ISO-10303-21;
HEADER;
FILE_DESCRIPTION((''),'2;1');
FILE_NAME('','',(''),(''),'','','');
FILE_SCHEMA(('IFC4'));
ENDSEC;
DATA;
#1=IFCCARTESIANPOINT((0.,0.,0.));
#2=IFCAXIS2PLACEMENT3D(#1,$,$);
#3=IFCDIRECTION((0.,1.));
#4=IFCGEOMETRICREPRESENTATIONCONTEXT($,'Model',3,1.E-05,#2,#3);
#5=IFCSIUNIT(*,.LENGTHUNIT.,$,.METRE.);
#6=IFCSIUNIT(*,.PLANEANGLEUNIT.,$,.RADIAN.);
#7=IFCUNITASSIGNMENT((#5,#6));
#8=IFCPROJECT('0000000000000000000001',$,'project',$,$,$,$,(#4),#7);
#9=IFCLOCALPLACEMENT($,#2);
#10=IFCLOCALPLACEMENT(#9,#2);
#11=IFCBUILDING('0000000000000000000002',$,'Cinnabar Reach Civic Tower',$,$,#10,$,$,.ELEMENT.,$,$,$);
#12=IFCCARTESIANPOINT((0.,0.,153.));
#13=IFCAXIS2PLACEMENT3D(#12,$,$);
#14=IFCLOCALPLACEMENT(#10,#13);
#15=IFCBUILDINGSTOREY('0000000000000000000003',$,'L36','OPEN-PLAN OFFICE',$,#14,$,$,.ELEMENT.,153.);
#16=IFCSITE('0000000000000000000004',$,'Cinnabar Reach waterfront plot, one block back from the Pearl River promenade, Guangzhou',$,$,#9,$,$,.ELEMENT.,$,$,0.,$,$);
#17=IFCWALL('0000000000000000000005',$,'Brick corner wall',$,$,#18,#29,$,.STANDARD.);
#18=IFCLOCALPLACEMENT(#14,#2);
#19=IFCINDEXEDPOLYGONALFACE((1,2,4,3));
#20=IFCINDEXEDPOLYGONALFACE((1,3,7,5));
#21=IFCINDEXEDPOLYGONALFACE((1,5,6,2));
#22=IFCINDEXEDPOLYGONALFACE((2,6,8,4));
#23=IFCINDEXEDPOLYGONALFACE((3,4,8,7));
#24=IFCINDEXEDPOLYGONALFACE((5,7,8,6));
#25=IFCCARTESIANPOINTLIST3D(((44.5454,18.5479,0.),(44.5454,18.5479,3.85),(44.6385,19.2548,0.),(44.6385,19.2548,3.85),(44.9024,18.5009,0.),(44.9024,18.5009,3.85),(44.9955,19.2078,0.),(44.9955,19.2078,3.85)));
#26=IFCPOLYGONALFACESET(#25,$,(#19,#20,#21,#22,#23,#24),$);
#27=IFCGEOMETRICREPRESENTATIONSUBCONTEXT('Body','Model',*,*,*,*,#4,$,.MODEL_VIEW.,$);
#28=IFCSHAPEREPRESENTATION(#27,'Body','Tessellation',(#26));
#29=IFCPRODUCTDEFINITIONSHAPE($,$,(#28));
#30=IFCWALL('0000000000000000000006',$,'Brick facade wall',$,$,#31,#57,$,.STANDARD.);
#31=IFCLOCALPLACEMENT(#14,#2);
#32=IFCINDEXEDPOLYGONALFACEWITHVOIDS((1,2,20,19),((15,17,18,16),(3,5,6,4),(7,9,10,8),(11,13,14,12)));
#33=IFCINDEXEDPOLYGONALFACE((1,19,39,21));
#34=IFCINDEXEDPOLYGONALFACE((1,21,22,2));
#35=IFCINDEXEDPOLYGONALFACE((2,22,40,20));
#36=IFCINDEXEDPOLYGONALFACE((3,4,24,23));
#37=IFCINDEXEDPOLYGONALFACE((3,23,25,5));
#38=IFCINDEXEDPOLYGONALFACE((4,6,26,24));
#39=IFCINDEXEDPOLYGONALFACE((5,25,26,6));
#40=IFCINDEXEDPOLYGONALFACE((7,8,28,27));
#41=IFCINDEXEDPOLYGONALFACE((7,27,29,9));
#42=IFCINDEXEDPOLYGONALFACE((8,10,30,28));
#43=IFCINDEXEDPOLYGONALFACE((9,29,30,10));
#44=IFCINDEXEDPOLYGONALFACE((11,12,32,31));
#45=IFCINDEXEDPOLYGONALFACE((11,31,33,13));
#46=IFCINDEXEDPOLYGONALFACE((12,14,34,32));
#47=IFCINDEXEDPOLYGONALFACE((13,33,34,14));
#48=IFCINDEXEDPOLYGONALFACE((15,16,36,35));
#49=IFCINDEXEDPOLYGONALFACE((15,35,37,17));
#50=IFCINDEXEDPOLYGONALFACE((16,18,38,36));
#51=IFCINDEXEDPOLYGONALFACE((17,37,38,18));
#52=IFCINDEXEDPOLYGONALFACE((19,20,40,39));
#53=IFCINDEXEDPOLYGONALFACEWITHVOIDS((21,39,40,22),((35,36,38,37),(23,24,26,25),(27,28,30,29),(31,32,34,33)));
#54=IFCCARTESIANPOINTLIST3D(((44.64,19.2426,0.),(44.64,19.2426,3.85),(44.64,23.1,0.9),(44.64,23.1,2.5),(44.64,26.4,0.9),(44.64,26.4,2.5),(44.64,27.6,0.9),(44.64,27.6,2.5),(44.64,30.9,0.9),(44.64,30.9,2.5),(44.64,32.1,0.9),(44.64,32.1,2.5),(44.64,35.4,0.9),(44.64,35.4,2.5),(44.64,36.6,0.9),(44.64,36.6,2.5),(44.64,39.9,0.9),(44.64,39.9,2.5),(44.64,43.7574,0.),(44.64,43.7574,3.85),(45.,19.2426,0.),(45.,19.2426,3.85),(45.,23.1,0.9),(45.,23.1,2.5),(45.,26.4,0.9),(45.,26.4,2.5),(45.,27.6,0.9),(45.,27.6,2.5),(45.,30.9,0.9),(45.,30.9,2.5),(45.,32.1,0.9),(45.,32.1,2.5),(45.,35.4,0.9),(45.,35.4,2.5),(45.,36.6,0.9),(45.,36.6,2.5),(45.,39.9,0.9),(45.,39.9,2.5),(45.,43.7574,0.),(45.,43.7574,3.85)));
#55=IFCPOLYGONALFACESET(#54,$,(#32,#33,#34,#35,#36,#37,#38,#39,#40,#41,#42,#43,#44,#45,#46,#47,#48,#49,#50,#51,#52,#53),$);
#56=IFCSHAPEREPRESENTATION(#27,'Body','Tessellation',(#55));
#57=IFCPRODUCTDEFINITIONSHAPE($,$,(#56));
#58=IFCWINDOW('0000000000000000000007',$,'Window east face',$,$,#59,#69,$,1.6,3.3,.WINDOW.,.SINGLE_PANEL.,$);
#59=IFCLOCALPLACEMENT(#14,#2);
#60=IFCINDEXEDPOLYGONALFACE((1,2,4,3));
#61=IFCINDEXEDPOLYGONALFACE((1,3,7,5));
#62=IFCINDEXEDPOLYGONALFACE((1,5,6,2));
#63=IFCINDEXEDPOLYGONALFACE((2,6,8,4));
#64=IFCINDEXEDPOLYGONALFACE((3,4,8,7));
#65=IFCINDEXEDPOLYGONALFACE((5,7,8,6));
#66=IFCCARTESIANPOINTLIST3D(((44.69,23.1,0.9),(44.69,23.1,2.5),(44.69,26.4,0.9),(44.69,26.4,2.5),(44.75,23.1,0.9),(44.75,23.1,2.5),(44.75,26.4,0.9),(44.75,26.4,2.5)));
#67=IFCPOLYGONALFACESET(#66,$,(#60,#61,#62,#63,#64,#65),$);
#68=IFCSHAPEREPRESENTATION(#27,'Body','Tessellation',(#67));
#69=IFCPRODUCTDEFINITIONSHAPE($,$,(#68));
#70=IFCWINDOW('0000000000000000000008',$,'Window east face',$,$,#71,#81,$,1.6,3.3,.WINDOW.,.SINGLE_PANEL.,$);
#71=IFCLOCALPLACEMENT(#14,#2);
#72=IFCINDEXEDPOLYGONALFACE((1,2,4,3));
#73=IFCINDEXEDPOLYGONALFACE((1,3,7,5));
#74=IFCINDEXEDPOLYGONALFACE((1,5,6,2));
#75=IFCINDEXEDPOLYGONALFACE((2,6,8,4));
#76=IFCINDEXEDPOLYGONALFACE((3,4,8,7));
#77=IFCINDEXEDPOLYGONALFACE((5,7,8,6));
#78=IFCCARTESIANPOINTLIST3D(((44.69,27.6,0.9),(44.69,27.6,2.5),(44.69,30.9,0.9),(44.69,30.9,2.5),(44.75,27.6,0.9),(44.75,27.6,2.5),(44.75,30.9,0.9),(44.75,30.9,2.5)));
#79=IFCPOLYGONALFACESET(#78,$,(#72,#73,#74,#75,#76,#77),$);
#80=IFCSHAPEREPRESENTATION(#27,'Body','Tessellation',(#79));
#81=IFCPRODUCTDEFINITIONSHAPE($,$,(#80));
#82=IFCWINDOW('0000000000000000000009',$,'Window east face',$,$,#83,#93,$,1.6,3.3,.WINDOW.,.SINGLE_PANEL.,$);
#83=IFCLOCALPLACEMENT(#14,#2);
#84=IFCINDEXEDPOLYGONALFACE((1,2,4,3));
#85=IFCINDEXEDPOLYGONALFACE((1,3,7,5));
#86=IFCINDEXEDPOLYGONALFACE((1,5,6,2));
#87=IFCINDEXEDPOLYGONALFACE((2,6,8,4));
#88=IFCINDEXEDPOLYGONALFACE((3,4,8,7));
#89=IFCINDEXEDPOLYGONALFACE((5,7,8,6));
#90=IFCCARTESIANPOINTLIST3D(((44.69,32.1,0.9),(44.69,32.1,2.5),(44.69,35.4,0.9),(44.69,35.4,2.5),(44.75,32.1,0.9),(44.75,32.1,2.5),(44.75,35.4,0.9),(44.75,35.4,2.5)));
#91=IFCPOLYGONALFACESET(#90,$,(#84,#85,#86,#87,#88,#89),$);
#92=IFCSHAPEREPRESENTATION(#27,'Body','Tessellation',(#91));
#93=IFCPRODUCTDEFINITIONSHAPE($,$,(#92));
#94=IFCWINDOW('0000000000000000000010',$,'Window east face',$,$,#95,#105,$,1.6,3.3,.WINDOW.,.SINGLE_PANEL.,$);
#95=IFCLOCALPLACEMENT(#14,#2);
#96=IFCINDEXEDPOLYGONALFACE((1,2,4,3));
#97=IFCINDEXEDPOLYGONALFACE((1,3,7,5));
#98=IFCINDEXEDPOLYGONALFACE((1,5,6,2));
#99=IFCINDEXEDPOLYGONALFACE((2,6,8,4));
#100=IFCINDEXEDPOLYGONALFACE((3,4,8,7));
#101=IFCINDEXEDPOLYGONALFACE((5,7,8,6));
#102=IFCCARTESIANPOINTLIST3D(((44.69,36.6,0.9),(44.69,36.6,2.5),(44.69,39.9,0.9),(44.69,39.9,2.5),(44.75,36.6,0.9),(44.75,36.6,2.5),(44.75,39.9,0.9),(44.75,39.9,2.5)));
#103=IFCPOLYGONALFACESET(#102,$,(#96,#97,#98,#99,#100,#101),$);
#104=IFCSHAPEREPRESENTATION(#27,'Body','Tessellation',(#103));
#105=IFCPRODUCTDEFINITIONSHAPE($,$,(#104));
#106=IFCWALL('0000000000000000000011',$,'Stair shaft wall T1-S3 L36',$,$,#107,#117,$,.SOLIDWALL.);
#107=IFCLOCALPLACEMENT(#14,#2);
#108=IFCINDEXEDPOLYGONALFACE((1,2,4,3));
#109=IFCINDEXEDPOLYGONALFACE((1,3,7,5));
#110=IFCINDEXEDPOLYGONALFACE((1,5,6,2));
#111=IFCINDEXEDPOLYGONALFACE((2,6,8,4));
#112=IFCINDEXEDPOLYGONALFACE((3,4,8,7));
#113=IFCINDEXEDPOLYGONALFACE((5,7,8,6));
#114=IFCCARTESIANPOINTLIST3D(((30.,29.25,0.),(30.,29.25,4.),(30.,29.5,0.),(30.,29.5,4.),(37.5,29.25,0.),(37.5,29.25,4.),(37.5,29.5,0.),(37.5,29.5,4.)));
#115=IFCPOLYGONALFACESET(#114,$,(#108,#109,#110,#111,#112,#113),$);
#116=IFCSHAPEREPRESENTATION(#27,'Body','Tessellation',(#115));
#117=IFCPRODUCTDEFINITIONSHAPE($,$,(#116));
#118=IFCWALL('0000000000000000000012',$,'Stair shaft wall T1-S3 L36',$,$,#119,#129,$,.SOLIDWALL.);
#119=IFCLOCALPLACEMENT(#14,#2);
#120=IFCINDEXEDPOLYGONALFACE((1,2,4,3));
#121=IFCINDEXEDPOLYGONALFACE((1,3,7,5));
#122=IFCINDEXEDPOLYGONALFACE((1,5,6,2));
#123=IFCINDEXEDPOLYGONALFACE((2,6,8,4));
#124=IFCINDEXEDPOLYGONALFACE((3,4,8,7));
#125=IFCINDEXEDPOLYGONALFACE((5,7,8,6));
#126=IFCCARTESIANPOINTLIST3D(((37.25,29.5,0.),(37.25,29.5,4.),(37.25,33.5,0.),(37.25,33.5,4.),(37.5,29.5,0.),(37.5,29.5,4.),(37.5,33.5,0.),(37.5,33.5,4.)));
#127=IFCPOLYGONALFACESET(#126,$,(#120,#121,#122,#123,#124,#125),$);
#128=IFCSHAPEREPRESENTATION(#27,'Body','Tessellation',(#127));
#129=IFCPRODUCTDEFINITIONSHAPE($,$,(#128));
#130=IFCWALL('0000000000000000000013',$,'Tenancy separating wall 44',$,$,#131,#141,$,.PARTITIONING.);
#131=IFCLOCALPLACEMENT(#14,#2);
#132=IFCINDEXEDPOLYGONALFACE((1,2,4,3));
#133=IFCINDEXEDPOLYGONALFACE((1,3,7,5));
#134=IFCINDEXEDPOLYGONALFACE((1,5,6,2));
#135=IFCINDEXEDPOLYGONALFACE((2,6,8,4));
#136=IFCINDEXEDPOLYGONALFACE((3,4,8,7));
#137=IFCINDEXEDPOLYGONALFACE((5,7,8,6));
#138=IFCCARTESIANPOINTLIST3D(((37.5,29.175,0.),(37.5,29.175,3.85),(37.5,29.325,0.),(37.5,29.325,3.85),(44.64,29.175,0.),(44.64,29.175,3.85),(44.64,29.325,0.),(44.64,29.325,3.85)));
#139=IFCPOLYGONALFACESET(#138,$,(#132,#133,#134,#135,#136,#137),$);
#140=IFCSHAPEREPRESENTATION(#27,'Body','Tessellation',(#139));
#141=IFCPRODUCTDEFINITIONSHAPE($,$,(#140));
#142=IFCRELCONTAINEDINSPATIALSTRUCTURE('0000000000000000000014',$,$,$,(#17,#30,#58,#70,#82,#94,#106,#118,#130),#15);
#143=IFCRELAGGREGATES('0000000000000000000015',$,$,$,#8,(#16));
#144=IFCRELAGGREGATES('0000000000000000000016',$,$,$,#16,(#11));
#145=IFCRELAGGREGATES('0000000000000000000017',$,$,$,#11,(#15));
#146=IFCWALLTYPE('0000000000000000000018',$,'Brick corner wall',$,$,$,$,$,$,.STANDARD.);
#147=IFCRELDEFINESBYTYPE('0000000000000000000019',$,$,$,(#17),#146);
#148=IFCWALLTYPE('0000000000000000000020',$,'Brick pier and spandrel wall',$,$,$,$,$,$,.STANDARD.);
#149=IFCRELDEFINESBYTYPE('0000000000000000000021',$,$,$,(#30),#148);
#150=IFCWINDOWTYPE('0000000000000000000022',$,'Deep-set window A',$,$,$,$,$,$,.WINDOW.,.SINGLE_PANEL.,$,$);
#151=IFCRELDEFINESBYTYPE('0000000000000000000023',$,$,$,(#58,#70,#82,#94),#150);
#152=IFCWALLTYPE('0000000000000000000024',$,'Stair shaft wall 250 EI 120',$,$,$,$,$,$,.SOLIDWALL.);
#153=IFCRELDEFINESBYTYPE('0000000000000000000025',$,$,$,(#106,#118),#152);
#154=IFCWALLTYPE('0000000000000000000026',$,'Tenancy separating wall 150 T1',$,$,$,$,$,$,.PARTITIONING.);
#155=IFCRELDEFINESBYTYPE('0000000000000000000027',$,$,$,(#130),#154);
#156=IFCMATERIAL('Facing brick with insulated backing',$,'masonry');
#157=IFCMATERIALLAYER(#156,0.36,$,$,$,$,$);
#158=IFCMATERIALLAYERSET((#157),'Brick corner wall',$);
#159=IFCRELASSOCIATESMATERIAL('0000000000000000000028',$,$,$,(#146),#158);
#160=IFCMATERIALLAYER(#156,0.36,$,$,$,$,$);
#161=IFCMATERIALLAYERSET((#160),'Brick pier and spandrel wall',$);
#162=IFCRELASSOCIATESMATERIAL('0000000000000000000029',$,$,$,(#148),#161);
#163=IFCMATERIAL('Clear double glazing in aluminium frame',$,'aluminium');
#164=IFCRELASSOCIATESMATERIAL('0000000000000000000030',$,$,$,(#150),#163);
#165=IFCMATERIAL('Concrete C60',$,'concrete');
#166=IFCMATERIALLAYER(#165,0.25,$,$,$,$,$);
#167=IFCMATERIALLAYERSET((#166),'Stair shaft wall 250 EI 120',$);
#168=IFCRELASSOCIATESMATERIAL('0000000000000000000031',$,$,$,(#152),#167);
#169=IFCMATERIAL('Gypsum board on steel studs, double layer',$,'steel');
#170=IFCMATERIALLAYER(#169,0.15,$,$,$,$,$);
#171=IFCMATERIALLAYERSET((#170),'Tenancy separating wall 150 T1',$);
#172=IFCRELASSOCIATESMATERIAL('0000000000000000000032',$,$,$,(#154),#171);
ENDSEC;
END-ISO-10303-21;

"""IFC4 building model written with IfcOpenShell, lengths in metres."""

from ifc_helpers import new_model, si_unit, direction, frame, frame_2d, origin, place, context, subcontext, project, spatial, rectangle, extrude, material, layer, layer_set, type_object, element, fill, save


model = new_model("IFC4")

# Units and contexts
model_context = context("Model", 3, precision=1e-05, world=origin(), true_north=direction((0.0, 1.0)))
body_context = subcontext(model_context, "Body", "Model", "MODEL_VIEW")
ifc_project = project(units=[si_unit("LENGTHUNIT", "METRE"), si_unit("PLANEANGLEUNIT", "RADIAN")], contexts=[model_context])

# Site, building, storey
site_placement = place(None, origin())
site = spatial("IfcSite", under=ifc_project, at=site_placement, Name="Cinnabar Reach waterfront plot, one block back from the Pearl River promenade, Guangzhou", CompositionType="ELEMENT", RefElevation=0.0)
building_placement = place(site_placement, origin())
building = spatial("IfcBuilding", under=site, at=building_placement, Name="Cinnabar Reach Civic Tower", CompositionType="ELEMENT")
storey_placement = place(building_placement, frame((0.0, 0.0, 153.0)))
storey = spatial("IfcBuildingStorey", under=building, at=storey_placement, Name="L36", Description="OPEN-PLAN OFFICE", CompositionType="ELEMENT", Elevation=153.0)

# Wall
ifc_material_1 = material(Name="Facing brick with insulated backing", Category="masonry")
ifc_layer_1 = layer(ifc_material_1, 0.36)
ifc_layer_set_1 = layer_set([ifc_layer_1], Name="Brick corner wall")
wall_type_1 = type_object("IfcWallType", Name="Brick corner wall", PredefinedType="STANDARD", material=ifc_layer_set_1)
wall_1_placement = place(storey_placement, frame((44.7239, 18.5244, 0.0), z_axis=(0.0, 0.0, 1.0), x_axis=(0.130556, 0.991441, 0.0)))
element("IfcWall", 1, at=wall_1_placement, inside=storey, type_object=wall_type_1, Name="Brick corner wall", PredefinedType="STANDARD", context=body_context, shape_type="SweptSolid", body=[
    extrude(rectangle(XDim=0.7131, YDim=0.36, at=frame_2d((0.3565, 0.0))), origin(), (0.0, 0.0, 1.0), 3.85),
])

# Wall, openings, windows
ifc_layer_2 = layer(ifc_material_1, 0.36)
ifc_layer_set_2 = layer_set([ifc_layer_2], Name="Brick pier and spandrel wall")
wall_type_2 = type_object("IfcWallType", Name="Brick pier and spandrel wall", PredefinedType="STANDARD", material=ifc_layer_set_2)
wall_2_placement = place(storey_placement, frame((44.82, 19.2426, 0.0), z_axis=(0.0, 0.0, 1.0), x_axis=(0.0, 1.0, 0.0)))
wall_2 = element("IfcWall", 2, at=wall_2_placement, inside=storey, type_object=wall_type_2, Name="Brick facade wall", PredefinedType="STANDARD", context=body_context, shape_type="SweptSolid", body=[
    extrude(rectangle(XDim=24.5148, YDim=0.36, at=frame_2d((12.2574, 0.0))), origin(), (0.0, 0.0, 1.0), 3.85),
])
opening_1_placement = place(wall_2_placement, frame((3.8574, 0.0, 0.9)))
opening_1 = element("IfcOpeningElement", 3, at=opening_1_placement, cuts=wall_2, PredefinedType="OPENING", context=body_context, shape_type="SweptSolid", body=[
    extrude(rectangle(XDim=3.3, YDim=1.6, at=frame_2d((1.65, 0.8))), frame((0.0, 0.19, 0.0), z_axis=(0.0, -1.0, 0.0), x_axis=(1.0, 0.0, 0.0)), (0.0, 0.0, 1.0), 0.38),
])
opening_2_placement = place(wall_2_placement, frame((8.3574, 0.0, 0.9)))
opening_2 = element("IfcOpeningElement", 4, at=opening_2_placement, cuts=wall_2, PredefinedType="OPENING", context=body_context, shape_type="SweptSolid", body=[
    extrude(rectangle(XDim=3.3, YDim=1.6, at=frame_2d((1.65, 0.8))), frame((0.0, 0.19, 0.0), z_axis=(0.0, -1.0, 0.0), x_axis=(1.0, 0.0, 0.0)), (0.0, 0.0, 1.0), 0.38),
])
opening_3_placement = place(wall_2_placement, frame((12.8574, 0.0, 0.9)))
opening_3 = element("IfcOpeningElement", 5, at=opening_3_placement, cuts=wall_2, PredefinedType="OPENING", context=body_context, shape_type="SweptSolid", body=[
    extrude(rectangle(XDim=3.3, YDim=1.6, at=frame_2d((1.65, 0.8))), frame((0.0, 0.19, 0.0), z_axis=(0.0, -1.0, 0.0), x_axis=(1.0, 0.0, 0.0)), (0.0, 0.0, 1.0), 0.38),
])
opening_4_placement = place(wall_2_placement, frame((17.3574, 0.0, 0.9)))
opening_4 = element("IfcOpeningElement", 6, at=opening_4_placement, cuts=wall_2, PredefinedType="OPENING", context=body_context, shape_type="SweptSolid", body=[
    extrude(rectangle(XDim=3.3, YDim=1.6, at=frame_2d((1.65, 0.8))), frame((0.0, 0.19, 0.0), z_axis=(0.0, -1.0, 0.0), x_axis=(1.0, 0.0, 0.0)), (0.0, 0.0, 1.0), 0.38),
])
ifc_material_2 = material(Name="Clear double glazing in aluminium frame", Category="aluminium")
window_type = type_object("IfcWindowType", Name="Deep-set window A", PartitioningType="SINGLE_PANEL", PredefinedType="WINDOW", material=ifc_material_2)
window_1_placement = place(opening_1_placement, origin())
window_1 = element("IfcWindow", 7, at=window_1_placement, inside=storey, type_object=window_type, Name="Window east face", OverallHeight=1.6, OverallWidth=3.3, PartitioningType="SINGLE_PANEL", PredefinedType="WINDOW", context=body_context, shape_type="SweptSolid", body=[
    extrude(rectangle(XDim=3.3, YDim=1.6, at=frame_2d((1.65, 0.8))), frame((0.0, 0.13, 0.0), z_axis=(0.0, -1.0, 0.0), x_axis=(1.0, 0.0, 0.0)), (0.0, 0.0, 1.0), 0.06),
])
fill(opening_1, window_1)
window_2_placement = place(opening_2_placement, origin())
window_2 = element("IfcWindow", 8, at=window_2_placement, inside=storey, type_object=window_type, Name="Window east face", OverallHeight=1.6, OverallWidth=3.3, PartitioningType="SINGLE_PANEL", PredefinedType="WINDOW", context=body_context, shape_type="SweptSolid", body=[
    extrude(rectangle(XDim=3.3, YDim=1.6, at=frame_2d((1.65, 0.8))), frame((0.0, 0.13, 0.0), z_axis=(0.0, -1.0, 0.0), x_axis=(1.0, 0.0, 0.0)), (0.0, 0.0, 1.0), 0.06),
])
fill(opening_2, window_2)
window_3_placement = place(opening_3_placement, origin())
window_3 = element("IfcWindow", 9, at=window_3_placement, inside=storey, type_object=window_type, Name="Window east face", OverallHeight=1.6, OverallWidth=3.3, PartitioningType="SINGLE_PANEL", PredefinedType="WINDOW", context=body_context, shape_type="SweptSolid", body=[
    extrude(rectangle(XDim=3.3, YDim=1.6, at=frame_2d((1.65, 0.8))), frame((0.0, 0.13, 0.0), z_axis=(0.0, -1.0, 0.0), x_axis=(1.0, 0.0, 0.0)), (0.0, 0.0, 1.0), 0.06),
])
fill(opening_3, window_3)
window_4_placement = place(opening_4_placement, origin())
window_4 = element("IfcWindow", 10, at=window_4_placement, inside=storey, type_object=window_type, Name="Window east face", OverallHeight=1.6, OverallWidth=3.3, PartitioningType="SINGLE_PANEL", PredefinedType="WINDOW", context=body_context, shape_type="SweptSolid", body=[
    extrude(rectangle(XDim=3.3, YDim=1.6, at=frame_2d((1.65, 0.8))), frame((0.0, 0.13, 0.0), z_axis=(0.0, -1.0, 0.0), x_axis=(1.0, 0.0, 0.0)), (0.0, 0.0, 1.0), 0.06),
])
fill(opening_4, window_4)

# Walls
ifc_material_3 = material(Name="Concrete C60", Category="concrete")
ifc_layer_3 = layer(ifc_material_3, 0.25)
ifc_layer_set_3 = layer_set([ifc_layer_3], Name="Stair shaft wall 250 EI 120")
wall_type_3 = type_object("IfcWallType", Name="Stair shaft wall 250 EI 120", PredefinedType="SOLIDWALL", material=ifc_layer_set_3)
wall_3_placement = place(storey_placement, frame((30.0, 29.375, 0.0), z_axis=(0.0, 0.0, 1.0), x_axis=(1.0, 0.0, 0.0)))
element("IfcWall", 11, at=wall_3_placement, inside=storey, type_object=wall_type_3, Name="Stair shaft wall T1-S3 L36", PredefinedType="SOLIDWALL", context=body_context, shape_type="SweptSolid", body=[
    extrude(rectangle(XDim=7.5, YDim=0.25, at=frame_2d((3.75, 0.0))), origin(), (0.0, 0.0, 1.0), 4.0),
])
wall_4_placement = place(storey_placement, frame((37.375, 29.5, 0.0), z_axis=(0.0, 0.0, 1.0), x_axis=(0.0, 1.0, 0.0)))
element("IfcWall", 12, at=wall_4_placement, inside=storey, type_object=wall_type_3, Name="Stair shaft wall T1-S3 L36", PredefinedType="SOLIDWALL", context=body_context, shape_type="SweptSolid", body=[
    extrude(rectangle(XDim=4.0, YDim=0.25, at=frame_2d((2.0, 0.0))), origin(), (0.0, 0.0, 1.0), 4.0),
])
ifc_material_4 = material(Name="Gypsum board on steel studs, double layer", Category="steel")
ifc_layer_4 = layer(ifc_material_4, 0.15)
ifc_layer_set_4 = layer_set([ifc_layer_4], Name="Tenancy separating wall 150 T1")
wall_type_4 = type_object("IfcWallType", Name="Tenancy separating wall 150 T1", PredefinedType="PARTITIONING", material=ifc_layer_set_4)
wall_5_placement = place(storey_placement, frame((37.5, 29.25, 0.0), z_axis=(0.0, 0.0, 1.0), x_axis=(1.0, 0.0, 0.0)))
element("IfcWall", 13, at=wall_5_placement, inside=storey, type_object=wall_type_4, Name="Tenancy separating wall 44", PredefinedType="PARTITIONING", context=body_context, shape_type="SweptSolid", body=[
    extrude(rectangle(XDim=7.14, YDim=0.15, at=frame_2d((3.57, 0.0))), origin(), (0.0, 0.0, 1.0), 3.85),
])

save(model, "model.ifc")
